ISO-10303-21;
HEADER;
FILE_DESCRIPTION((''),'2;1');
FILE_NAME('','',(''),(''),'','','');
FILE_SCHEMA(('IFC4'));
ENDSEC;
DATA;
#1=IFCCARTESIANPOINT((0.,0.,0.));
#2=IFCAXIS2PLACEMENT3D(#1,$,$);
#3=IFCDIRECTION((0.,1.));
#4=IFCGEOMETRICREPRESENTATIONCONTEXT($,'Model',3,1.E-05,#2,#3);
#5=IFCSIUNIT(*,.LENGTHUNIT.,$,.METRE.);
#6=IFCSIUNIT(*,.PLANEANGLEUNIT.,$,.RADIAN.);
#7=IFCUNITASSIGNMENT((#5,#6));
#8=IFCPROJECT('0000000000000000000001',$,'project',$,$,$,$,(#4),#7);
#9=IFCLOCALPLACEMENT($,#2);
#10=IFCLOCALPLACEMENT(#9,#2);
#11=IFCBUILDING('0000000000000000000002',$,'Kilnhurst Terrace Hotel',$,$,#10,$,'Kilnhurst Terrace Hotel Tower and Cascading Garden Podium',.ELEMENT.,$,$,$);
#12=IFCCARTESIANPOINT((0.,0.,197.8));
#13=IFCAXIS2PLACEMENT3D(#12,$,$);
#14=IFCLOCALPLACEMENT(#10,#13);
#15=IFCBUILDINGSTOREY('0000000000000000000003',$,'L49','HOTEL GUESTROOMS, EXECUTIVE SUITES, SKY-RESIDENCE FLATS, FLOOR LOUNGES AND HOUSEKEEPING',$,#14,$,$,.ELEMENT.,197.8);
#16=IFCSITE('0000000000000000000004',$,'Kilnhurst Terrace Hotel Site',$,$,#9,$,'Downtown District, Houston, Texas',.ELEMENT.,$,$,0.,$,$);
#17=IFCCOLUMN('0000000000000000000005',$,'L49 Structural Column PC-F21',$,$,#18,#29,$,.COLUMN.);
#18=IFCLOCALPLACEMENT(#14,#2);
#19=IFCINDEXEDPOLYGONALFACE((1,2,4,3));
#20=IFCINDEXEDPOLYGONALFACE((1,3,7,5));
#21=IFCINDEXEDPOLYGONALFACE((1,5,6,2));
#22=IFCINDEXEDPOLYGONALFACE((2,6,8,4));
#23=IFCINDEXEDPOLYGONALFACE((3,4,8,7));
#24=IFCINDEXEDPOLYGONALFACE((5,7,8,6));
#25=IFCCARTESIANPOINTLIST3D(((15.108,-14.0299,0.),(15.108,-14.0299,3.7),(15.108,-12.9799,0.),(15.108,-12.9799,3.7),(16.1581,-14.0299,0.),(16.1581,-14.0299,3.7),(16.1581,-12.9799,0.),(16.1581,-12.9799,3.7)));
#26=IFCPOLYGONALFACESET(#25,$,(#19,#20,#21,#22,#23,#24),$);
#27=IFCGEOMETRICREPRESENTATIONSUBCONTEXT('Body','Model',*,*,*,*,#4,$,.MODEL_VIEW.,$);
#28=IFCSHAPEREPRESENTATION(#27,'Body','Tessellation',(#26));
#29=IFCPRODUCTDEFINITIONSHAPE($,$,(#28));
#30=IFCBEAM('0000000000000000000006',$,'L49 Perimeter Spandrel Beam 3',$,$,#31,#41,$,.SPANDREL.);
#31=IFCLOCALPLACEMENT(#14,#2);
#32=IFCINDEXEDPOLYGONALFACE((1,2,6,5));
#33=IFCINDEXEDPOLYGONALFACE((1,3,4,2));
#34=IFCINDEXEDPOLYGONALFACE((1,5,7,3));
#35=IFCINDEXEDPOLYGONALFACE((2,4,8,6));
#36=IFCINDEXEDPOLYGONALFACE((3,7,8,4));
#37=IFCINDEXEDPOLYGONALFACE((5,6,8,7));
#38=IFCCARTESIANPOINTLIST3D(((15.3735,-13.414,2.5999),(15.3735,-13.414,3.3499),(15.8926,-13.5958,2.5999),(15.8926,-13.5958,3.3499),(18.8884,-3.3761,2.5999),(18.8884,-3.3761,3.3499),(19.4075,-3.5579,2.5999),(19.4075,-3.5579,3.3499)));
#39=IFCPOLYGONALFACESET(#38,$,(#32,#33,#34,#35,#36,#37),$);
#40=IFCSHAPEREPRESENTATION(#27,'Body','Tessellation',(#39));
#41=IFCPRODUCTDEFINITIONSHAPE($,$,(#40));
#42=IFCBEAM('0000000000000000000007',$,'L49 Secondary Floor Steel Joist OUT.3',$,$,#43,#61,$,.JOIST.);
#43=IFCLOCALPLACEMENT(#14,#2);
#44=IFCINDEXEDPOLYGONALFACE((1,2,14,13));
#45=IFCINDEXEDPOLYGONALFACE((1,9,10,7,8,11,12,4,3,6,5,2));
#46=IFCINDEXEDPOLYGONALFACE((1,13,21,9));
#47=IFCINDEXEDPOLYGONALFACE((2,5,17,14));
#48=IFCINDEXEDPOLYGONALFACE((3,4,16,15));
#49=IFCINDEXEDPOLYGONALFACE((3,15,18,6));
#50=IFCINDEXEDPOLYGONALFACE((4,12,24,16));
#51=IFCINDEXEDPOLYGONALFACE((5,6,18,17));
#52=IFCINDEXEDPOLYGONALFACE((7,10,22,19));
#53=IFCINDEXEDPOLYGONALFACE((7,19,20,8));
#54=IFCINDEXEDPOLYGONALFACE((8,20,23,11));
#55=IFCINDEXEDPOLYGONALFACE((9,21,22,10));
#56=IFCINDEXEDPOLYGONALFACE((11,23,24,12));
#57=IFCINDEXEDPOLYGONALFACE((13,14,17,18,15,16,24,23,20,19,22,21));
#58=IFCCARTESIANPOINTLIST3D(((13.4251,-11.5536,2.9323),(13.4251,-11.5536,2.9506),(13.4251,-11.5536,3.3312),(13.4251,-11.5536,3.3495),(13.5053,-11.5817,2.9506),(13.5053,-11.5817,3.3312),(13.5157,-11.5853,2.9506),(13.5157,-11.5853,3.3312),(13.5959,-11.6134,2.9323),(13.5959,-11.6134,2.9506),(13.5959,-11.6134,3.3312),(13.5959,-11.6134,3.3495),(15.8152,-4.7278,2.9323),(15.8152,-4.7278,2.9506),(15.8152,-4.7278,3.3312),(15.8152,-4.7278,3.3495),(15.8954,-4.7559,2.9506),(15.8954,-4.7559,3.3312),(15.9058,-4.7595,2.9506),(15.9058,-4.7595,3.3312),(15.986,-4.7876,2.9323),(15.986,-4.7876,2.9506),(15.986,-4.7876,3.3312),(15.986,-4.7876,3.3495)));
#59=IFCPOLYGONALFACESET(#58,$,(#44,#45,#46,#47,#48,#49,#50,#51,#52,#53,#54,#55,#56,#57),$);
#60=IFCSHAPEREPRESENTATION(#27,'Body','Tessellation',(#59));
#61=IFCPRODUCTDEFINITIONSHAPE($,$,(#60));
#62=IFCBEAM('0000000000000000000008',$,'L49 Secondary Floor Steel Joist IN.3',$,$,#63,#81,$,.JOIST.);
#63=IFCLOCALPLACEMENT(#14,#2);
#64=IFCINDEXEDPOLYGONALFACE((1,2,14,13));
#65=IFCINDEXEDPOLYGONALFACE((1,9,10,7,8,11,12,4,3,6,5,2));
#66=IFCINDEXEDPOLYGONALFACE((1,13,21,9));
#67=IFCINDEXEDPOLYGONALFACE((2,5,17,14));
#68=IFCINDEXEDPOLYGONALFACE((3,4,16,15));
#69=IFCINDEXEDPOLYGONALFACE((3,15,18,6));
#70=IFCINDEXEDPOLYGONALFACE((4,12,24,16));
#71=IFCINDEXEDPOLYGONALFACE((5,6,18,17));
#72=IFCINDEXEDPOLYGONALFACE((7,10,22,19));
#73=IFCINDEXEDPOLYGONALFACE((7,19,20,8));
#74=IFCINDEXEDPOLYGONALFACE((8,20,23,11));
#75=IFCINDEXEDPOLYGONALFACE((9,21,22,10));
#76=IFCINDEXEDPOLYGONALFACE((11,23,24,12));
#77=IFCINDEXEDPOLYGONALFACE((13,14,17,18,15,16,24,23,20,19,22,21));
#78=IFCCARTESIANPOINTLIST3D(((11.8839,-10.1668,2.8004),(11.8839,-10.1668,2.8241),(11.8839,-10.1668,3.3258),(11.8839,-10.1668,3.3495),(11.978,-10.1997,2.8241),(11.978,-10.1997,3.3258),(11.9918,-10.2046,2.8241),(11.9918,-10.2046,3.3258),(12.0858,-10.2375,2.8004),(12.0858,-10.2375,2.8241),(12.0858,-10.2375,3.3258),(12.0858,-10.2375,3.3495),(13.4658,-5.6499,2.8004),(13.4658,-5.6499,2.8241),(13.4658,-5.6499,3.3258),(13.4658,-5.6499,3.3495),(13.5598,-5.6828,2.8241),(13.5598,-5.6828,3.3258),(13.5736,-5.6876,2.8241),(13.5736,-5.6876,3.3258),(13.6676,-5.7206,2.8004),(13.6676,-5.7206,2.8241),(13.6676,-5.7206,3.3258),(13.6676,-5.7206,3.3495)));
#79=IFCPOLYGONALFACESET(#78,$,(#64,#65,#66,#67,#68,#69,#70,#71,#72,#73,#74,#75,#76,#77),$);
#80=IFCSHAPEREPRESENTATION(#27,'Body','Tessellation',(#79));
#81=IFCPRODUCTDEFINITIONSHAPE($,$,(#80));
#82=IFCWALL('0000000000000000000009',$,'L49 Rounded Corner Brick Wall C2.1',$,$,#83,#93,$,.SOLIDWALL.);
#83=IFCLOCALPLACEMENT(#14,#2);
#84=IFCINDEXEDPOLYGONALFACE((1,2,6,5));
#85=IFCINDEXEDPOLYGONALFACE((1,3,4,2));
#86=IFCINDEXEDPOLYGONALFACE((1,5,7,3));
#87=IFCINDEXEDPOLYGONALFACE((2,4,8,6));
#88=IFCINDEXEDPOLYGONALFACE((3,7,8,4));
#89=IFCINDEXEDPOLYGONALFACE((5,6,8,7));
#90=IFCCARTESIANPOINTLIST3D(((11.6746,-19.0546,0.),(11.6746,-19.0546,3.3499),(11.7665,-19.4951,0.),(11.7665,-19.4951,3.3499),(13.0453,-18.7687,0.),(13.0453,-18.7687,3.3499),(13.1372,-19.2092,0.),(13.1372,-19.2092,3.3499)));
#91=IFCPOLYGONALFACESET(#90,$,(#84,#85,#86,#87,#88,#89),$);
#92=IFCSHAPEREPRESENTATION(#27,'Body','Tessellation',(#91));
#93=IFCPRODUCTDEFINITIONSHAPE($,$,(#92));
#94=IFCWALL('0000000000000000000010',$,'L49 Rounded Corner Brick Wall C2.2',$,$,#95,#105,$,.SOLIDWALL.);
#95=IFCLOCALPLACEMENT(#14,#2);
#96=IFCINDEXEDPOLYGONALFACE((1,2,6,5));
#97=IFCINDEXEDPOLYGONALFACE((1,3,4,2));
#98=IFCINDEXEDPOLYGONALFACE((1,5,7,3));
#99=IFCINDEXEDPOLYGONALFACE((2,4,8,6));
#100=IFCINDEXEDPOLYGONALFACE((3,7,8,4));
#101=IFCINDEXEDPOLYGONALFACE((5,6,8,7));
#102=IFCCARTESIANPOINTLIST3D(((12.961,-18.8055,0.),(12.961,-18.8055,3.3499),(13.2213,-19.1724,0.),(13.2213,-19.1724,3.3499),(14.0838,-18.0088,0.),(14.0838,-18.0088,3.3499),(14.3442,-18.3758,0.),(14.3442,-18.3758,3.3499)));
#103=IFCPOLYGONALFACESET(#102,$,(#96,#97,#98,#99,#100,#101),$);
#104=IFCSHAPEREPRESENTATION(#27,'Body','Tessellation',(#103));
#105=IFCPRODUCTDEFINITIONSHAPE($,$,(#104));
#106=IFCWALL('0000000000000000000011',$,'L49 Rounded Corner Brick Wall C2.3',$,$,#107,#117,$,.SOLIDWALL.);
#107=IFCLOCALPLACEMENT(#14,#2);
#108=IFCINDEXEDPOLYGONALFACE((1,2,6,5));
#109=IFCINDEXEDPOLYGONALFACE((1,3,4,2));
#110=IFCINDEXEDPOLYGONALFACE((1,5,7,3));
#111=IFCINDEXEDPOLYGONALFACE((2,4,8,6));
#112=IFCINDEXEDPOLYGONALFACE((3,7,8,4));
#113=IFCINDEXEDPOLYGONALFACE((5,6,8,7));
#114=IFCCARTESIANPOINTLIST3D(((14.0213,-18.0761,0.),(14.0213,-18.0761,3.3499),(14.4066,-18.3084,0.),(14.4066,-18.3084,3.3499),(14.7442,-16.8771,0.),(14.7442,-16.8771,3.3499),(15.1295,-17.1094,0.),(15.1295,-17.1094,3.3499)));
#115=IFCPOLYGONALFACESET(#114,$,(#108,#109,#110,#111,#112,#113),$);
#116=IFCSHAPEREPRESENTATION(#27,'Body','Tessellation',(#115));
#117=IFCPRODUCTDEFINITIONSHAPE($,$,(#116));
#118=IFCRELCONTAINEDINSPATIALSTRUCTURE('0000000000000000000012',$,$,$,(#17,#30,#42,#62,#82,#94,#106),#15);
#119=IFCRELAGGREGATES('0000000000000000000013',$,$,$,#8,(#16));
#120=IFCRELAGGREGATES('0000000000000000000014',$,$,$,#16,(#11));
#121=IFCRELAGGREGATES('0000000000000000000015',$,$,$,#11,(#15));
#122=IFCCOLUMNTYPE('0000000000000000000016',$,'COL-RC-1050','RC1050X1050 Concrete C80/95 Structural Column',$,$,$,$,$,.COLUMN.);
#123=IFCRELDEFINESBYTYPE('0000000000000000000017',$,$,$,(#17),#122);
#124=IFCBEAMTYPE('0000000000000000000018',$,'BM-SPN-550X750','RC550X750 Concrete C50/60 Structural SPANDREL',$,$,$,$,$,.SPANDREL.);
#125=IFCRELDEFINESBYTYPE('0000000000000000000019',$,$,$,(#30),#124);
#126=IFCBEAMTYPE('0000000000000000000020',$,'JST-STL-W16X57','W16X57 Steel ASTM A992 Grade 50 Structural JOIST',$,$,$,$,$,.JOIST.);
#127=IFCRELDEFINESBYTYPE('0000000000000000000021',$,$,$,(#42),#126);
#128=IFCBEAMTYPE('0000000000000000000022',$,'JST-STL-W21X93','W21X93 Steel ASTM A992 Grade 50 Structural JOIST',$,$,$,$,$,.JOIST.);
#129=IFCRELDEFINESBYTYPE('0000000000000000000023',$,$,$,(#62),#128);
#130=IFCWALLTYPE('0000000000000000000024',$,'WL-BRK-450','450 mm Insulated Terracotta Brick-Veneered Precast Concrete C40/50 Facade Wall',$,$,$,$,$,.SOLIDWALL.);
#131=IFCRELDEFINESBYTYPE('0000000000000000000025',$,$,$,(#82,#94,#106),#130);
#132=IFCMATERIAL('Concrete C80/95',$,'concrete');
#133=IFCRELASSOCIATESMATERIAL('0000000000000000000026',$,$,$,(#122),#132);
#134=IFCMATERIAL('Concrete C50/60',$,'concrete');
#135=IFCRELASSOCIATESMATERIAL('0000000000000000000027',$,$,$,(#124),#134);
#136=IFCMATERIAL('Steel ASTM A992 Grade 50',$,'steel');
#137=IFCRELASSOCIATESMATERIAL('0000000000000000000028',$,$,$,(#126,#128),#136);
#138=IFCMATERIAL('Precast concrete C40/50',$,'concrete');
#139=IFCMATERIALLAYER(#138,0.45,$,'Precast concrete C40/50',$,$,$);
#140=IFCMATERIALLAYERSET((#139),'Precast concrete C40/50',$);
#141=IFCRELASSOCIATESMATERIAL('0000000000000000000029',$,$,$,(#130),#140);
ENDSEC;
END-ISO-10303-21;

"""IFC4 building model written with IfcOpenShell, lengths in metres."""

from ifc_helpers import new_model, si_unit, direction, frame, frame_2d, origin, origin_2d, place, context, subcontext, project, spatial, rectangle, i_section, extrude, material, layer, layer_set, material_profile, profile_set, type_object, element, save


model = new_model("IFC4")

# Units and contexts
model_context = context("Model", 3, precision=1e-05, world=origin(), true_north=direction((0.0, 1.0)))
body_context = subcontext(model_context, "Body", "Model", "MODEL_VIEW")
ifc_project = project(units=[si_unit("LENGTHUNIT", "METRE"), si_unit("PLANEANGLEUNIT", "RADIAN")], contexts=[model_context])

# Site, building, storey
site_placement = place(None, origin())
site = spatial("IfcSite", under=ifc_project, at=site_placement, Name="Kilnhurst Terrace Hotel Site", LongName="Downtown District, Houston, Texas", CompositionType="ELEMENT", RefElevation=0.0)
building_placement = place(site_placement, origin())
building = spatial("IfcBuilding", under=site, at=building_placement, Name="Kilnhurst Terrace Hotel", LongName="Kilnhurst Terrace Hotel Tower and Cascading Garden Podium", CompositionType="ELEMENT")
storey_placement = place(building_placement, frame((0.0, 0.0, 197.8)))
storey = spatial("IfcBuildingStorey", under=building, at=storey_placement, Name="L49", Description="HOTEL GUESTROOMS, EXECUTIVE SUITES, SKY-RESIDENCE FLATS, FLOOR LOUNGES AND HOUSEKEEPING", CompositionType="ELEMENT", Elevation=197.8)

# Column
ifc_material_1 = material(Name="Concrete C80/95", Category="concrete")
ifc_material_profile_1 = material_profile(ifc_material_1, rectangle(XDim=1.05, YDim=1.05, at=origin_2d()), Name="RC1050X1050")
ifc_profile_set_1 = profile_set([ifc_material_profile_1], Name="Concrete C80/95")
column_type = type_object("IfcColumnType", Name="COL-RC-1050", Description="RC1050X1050 Concrete C80/95 Structural Column", PredefinedType="COLUMN", material=ifc_profile_set_1)
column_placement = place(storey_placement, frame((15.6331, -13.5049, 0.0), z_axis=(0.0, 0.0, 1.0), x_axis=(1.0, 0.0, 0.0)))
element("IfcColumn", 1, at=column_placement, inside=storey, type_object=column_type, Name="L49 Structural Column PC-F21", PredefinedType="COLUMN", context=body_context, shape_type="SweptSolid", body=[
    extrude(rectangle(XDim=1.05, YDim=1.05, at=origin_2d()), origin(), (0.0, 0.0, 1.0), 3.7),
])

# Beams
ifc_material_2 = material(Name="Concrete C50/60", Category="concrete")
ifc_material_profile_2 = material_profile(ifc_material_2, rectangle(XDim=0.55, YDim=0.75, at=origin_2d()), Name="RC550X750")
ifc_profile_set_2 = profile_set([ifc_material_profile_2], Name="Concrete C50/60")
beam_type_1 = type_object("IfcBeamType", Name="BM-SPN-550X750", Description="RC550X750 Concrete C50/60 Structural SPANDREL", PredefinedType="SPANDREL", material=ifc_profile_set_2)
beam_1_placement = place(storey_placement, frame((15.6331, -13.5049, 2.9749), z_axis=(0.330488, 0.94381, 0.0), x_axis=(-0.94381, 0.330488, 0.0)))
element("IfcBeam", 2, at=beam_1_placement, inside=storey, type_object=beam_type_1, Name="L49 Perimeter Spandrel Beam 3", PredefinedType="SPANDREL", context=body_context, shape_type="SweptSolid", body=[
    extrude(rectangle(XDim=0.55, YDim=0.75, at=origin_2d()), origin(), (0.0, 0.0, 1.0), 10.6355),
])
ifc_material_3 = material(Name="Steel ASTM A992 Grade 50", Category="steel")
ifc_material_profile_3 = material_profile(ifc_material_3, i_section(OverallWidth=0.1809, OverallDepth=0.4172, WebThickness=0.011, FlangeThickness=0.0183, at=origin_2d()), Name="W16X57")
ifc_profile_set_3 = profile_set([ifc_material_profile_3], Name="Steel ASTM A992 Grade 50")
beam_type_2 = type_object("IfcBeamType", Name="JST-STL-W16X57", Description="W16X57 Steel ASTM A992 Grade 50 Structural JOIST", PredefinedType="JOIST", material=ifc_profile_set_3)
beam_2_placement = place(storey_placement, frame((13.5105, -11.5835, 3.1409), z_axis=(0.330481, 0.943813, 0.0), x_axis=(-0.943813, 0.330481, 0.0)))
element("IfcBeam", 3, at=beam_2_placement, inside=storey, type_object=beam_type_2, Name="L49 Secondary Floor Steel Joist OUT.3", PredefinedType="JOIST", context=body_context, shape_type="SweptSolid", body=[
    extrude(i_section(OverallWidth=0.1809, OverallDepth=0.4172, WebThickness=0.011, FlangeThickness=0.0183, at=origin_2d()), origin(), (0.0, 0.0, 1.0), 7.2322),
])
ifc_material_profile_4 = material_profile(ifc_material_3, i_section(OverallWidth=0.2139, OverallDepth=0.5491, WebThickness=0.0146, FlangeThickness=0.0237, at=origin_2d()), Name="W21X93")
ifc_profile_set_4 = profile_set([ifc_material_profile_4], Name="Steel ASTM A992 Grade 50")
beam_type_3 = type_object("IfcBeamType", Name="JST-STL-W21X93", Description="W21X93 Steel ASTM A992 Grade 50 Structural JOIST", PredefinedType="JOIST", material=ifc_profile_set_4)
beam_3_placement = place(storey_placement, frame((11.9849, -10.2021, 3.075), z_axis=(0.330516, 0.9438, 0.0), x_axis=(-0.9438, 0.330516, 0.0)))
element("IfcBeam", 4, at=beam_3_placement, inside=storey, type_object=beam_type_3, Name="L49 Secondary Floor Steel Joist IN.3", PredefinedType="JOIST", context=body_context, shape_type="SweptSolid", body=[
    extrude(i_section(OverallWidth=0.2139, OverallDepth=0.5491, WebThickness=0.0146, FlangeThickness=0.0237, at=origin_2d()), origin(), (0.0, 0.0, 1.0), 4.7859),
])

# Walls
ifc_material_4 = material(Name="Precast concrete C40/50", Category="concrete")
ifc_layer_1 = layer(ifc_material_4, 0.45, Name="Precast concrete C40/50")
ifc_layer_set_1 = layer_set([ifc_layer_1], Name="Precast concrete C40/50")
wall_type_1 = type_object("IfcWallType", Name="WL-BRK-450", Description="450 mm Insulated Terracotta Brick-Veneered Precast Concrete C40/50 Facade Wall", PredefinedType="SOLIDWALL", material=ifc_layer_set_1)
wall_1_placement = place(storey_placement, frame((11.7205, -19.2749, 0.0), z_axis=(0.0, 0.0, 1.0), x_axis=(0.978931, 0.204191, 0.0)))
element("IfcWall", 5, at=wall_1_placement, inside=storey, type_object=wall_type_1, Name="L49 Rounded Corner Brick Wall C2.1", PredefinedType="SOLIDWALL", context=body_context, shape_type="SweptSolid", body=[
    extrude(rectangle(XDim=1.4001, YDim=0.45, at=frame_2d((0.7002, 0.0))), origin(), (0.0, 0.0, 1.0), 3.3499),
])
wall_2_placement = place(storey_placement, frame((13.0911, -18.989, 0.0), z_axis=(0.0, 0.0, 1.0), x_axis=(0.815575, 0.578652, 0.0)))
element("IfcWall", 6, at=wall_2_placement, inside=storey, type_object=wall_type_1, Name="L49 Rounded Corner Brick Wall C2.2", PredefinedType="SOLIDWALL", context=body_context, shape_type="SweptSolid", body=[
    extrude(rectangle(XDim=1.3767, YDim=0.45, at=frame_2d((0.6885, 0.0))), origin(), (0.0, 0.0, 1.0), 3.3499),
])
wall_3_placement = place(storey_placement, frame((14.2139, -18.1924, 0.0), z_axis=(0.0, 0.0, 1.0), x_axis=(0.516341, 0.856383, 0.0)))
element("IfcWall", 7, at=wall_3_placement, inside=storey, type_object=wall_type_1, Name="L49 Rounded Corner Brick Wall C2.3", PredefinedType="SOLIDWALL", context=body_context, shape_type="SweptSolid", body=[
    extrude(rectangle(XDim=1.4001, YDim=0.45, at=frame_2d((0.7002, 0.0))), origin(), (0.0, 0.0, 1.0), 3.3499),
])

save(model, "model.ifc")
